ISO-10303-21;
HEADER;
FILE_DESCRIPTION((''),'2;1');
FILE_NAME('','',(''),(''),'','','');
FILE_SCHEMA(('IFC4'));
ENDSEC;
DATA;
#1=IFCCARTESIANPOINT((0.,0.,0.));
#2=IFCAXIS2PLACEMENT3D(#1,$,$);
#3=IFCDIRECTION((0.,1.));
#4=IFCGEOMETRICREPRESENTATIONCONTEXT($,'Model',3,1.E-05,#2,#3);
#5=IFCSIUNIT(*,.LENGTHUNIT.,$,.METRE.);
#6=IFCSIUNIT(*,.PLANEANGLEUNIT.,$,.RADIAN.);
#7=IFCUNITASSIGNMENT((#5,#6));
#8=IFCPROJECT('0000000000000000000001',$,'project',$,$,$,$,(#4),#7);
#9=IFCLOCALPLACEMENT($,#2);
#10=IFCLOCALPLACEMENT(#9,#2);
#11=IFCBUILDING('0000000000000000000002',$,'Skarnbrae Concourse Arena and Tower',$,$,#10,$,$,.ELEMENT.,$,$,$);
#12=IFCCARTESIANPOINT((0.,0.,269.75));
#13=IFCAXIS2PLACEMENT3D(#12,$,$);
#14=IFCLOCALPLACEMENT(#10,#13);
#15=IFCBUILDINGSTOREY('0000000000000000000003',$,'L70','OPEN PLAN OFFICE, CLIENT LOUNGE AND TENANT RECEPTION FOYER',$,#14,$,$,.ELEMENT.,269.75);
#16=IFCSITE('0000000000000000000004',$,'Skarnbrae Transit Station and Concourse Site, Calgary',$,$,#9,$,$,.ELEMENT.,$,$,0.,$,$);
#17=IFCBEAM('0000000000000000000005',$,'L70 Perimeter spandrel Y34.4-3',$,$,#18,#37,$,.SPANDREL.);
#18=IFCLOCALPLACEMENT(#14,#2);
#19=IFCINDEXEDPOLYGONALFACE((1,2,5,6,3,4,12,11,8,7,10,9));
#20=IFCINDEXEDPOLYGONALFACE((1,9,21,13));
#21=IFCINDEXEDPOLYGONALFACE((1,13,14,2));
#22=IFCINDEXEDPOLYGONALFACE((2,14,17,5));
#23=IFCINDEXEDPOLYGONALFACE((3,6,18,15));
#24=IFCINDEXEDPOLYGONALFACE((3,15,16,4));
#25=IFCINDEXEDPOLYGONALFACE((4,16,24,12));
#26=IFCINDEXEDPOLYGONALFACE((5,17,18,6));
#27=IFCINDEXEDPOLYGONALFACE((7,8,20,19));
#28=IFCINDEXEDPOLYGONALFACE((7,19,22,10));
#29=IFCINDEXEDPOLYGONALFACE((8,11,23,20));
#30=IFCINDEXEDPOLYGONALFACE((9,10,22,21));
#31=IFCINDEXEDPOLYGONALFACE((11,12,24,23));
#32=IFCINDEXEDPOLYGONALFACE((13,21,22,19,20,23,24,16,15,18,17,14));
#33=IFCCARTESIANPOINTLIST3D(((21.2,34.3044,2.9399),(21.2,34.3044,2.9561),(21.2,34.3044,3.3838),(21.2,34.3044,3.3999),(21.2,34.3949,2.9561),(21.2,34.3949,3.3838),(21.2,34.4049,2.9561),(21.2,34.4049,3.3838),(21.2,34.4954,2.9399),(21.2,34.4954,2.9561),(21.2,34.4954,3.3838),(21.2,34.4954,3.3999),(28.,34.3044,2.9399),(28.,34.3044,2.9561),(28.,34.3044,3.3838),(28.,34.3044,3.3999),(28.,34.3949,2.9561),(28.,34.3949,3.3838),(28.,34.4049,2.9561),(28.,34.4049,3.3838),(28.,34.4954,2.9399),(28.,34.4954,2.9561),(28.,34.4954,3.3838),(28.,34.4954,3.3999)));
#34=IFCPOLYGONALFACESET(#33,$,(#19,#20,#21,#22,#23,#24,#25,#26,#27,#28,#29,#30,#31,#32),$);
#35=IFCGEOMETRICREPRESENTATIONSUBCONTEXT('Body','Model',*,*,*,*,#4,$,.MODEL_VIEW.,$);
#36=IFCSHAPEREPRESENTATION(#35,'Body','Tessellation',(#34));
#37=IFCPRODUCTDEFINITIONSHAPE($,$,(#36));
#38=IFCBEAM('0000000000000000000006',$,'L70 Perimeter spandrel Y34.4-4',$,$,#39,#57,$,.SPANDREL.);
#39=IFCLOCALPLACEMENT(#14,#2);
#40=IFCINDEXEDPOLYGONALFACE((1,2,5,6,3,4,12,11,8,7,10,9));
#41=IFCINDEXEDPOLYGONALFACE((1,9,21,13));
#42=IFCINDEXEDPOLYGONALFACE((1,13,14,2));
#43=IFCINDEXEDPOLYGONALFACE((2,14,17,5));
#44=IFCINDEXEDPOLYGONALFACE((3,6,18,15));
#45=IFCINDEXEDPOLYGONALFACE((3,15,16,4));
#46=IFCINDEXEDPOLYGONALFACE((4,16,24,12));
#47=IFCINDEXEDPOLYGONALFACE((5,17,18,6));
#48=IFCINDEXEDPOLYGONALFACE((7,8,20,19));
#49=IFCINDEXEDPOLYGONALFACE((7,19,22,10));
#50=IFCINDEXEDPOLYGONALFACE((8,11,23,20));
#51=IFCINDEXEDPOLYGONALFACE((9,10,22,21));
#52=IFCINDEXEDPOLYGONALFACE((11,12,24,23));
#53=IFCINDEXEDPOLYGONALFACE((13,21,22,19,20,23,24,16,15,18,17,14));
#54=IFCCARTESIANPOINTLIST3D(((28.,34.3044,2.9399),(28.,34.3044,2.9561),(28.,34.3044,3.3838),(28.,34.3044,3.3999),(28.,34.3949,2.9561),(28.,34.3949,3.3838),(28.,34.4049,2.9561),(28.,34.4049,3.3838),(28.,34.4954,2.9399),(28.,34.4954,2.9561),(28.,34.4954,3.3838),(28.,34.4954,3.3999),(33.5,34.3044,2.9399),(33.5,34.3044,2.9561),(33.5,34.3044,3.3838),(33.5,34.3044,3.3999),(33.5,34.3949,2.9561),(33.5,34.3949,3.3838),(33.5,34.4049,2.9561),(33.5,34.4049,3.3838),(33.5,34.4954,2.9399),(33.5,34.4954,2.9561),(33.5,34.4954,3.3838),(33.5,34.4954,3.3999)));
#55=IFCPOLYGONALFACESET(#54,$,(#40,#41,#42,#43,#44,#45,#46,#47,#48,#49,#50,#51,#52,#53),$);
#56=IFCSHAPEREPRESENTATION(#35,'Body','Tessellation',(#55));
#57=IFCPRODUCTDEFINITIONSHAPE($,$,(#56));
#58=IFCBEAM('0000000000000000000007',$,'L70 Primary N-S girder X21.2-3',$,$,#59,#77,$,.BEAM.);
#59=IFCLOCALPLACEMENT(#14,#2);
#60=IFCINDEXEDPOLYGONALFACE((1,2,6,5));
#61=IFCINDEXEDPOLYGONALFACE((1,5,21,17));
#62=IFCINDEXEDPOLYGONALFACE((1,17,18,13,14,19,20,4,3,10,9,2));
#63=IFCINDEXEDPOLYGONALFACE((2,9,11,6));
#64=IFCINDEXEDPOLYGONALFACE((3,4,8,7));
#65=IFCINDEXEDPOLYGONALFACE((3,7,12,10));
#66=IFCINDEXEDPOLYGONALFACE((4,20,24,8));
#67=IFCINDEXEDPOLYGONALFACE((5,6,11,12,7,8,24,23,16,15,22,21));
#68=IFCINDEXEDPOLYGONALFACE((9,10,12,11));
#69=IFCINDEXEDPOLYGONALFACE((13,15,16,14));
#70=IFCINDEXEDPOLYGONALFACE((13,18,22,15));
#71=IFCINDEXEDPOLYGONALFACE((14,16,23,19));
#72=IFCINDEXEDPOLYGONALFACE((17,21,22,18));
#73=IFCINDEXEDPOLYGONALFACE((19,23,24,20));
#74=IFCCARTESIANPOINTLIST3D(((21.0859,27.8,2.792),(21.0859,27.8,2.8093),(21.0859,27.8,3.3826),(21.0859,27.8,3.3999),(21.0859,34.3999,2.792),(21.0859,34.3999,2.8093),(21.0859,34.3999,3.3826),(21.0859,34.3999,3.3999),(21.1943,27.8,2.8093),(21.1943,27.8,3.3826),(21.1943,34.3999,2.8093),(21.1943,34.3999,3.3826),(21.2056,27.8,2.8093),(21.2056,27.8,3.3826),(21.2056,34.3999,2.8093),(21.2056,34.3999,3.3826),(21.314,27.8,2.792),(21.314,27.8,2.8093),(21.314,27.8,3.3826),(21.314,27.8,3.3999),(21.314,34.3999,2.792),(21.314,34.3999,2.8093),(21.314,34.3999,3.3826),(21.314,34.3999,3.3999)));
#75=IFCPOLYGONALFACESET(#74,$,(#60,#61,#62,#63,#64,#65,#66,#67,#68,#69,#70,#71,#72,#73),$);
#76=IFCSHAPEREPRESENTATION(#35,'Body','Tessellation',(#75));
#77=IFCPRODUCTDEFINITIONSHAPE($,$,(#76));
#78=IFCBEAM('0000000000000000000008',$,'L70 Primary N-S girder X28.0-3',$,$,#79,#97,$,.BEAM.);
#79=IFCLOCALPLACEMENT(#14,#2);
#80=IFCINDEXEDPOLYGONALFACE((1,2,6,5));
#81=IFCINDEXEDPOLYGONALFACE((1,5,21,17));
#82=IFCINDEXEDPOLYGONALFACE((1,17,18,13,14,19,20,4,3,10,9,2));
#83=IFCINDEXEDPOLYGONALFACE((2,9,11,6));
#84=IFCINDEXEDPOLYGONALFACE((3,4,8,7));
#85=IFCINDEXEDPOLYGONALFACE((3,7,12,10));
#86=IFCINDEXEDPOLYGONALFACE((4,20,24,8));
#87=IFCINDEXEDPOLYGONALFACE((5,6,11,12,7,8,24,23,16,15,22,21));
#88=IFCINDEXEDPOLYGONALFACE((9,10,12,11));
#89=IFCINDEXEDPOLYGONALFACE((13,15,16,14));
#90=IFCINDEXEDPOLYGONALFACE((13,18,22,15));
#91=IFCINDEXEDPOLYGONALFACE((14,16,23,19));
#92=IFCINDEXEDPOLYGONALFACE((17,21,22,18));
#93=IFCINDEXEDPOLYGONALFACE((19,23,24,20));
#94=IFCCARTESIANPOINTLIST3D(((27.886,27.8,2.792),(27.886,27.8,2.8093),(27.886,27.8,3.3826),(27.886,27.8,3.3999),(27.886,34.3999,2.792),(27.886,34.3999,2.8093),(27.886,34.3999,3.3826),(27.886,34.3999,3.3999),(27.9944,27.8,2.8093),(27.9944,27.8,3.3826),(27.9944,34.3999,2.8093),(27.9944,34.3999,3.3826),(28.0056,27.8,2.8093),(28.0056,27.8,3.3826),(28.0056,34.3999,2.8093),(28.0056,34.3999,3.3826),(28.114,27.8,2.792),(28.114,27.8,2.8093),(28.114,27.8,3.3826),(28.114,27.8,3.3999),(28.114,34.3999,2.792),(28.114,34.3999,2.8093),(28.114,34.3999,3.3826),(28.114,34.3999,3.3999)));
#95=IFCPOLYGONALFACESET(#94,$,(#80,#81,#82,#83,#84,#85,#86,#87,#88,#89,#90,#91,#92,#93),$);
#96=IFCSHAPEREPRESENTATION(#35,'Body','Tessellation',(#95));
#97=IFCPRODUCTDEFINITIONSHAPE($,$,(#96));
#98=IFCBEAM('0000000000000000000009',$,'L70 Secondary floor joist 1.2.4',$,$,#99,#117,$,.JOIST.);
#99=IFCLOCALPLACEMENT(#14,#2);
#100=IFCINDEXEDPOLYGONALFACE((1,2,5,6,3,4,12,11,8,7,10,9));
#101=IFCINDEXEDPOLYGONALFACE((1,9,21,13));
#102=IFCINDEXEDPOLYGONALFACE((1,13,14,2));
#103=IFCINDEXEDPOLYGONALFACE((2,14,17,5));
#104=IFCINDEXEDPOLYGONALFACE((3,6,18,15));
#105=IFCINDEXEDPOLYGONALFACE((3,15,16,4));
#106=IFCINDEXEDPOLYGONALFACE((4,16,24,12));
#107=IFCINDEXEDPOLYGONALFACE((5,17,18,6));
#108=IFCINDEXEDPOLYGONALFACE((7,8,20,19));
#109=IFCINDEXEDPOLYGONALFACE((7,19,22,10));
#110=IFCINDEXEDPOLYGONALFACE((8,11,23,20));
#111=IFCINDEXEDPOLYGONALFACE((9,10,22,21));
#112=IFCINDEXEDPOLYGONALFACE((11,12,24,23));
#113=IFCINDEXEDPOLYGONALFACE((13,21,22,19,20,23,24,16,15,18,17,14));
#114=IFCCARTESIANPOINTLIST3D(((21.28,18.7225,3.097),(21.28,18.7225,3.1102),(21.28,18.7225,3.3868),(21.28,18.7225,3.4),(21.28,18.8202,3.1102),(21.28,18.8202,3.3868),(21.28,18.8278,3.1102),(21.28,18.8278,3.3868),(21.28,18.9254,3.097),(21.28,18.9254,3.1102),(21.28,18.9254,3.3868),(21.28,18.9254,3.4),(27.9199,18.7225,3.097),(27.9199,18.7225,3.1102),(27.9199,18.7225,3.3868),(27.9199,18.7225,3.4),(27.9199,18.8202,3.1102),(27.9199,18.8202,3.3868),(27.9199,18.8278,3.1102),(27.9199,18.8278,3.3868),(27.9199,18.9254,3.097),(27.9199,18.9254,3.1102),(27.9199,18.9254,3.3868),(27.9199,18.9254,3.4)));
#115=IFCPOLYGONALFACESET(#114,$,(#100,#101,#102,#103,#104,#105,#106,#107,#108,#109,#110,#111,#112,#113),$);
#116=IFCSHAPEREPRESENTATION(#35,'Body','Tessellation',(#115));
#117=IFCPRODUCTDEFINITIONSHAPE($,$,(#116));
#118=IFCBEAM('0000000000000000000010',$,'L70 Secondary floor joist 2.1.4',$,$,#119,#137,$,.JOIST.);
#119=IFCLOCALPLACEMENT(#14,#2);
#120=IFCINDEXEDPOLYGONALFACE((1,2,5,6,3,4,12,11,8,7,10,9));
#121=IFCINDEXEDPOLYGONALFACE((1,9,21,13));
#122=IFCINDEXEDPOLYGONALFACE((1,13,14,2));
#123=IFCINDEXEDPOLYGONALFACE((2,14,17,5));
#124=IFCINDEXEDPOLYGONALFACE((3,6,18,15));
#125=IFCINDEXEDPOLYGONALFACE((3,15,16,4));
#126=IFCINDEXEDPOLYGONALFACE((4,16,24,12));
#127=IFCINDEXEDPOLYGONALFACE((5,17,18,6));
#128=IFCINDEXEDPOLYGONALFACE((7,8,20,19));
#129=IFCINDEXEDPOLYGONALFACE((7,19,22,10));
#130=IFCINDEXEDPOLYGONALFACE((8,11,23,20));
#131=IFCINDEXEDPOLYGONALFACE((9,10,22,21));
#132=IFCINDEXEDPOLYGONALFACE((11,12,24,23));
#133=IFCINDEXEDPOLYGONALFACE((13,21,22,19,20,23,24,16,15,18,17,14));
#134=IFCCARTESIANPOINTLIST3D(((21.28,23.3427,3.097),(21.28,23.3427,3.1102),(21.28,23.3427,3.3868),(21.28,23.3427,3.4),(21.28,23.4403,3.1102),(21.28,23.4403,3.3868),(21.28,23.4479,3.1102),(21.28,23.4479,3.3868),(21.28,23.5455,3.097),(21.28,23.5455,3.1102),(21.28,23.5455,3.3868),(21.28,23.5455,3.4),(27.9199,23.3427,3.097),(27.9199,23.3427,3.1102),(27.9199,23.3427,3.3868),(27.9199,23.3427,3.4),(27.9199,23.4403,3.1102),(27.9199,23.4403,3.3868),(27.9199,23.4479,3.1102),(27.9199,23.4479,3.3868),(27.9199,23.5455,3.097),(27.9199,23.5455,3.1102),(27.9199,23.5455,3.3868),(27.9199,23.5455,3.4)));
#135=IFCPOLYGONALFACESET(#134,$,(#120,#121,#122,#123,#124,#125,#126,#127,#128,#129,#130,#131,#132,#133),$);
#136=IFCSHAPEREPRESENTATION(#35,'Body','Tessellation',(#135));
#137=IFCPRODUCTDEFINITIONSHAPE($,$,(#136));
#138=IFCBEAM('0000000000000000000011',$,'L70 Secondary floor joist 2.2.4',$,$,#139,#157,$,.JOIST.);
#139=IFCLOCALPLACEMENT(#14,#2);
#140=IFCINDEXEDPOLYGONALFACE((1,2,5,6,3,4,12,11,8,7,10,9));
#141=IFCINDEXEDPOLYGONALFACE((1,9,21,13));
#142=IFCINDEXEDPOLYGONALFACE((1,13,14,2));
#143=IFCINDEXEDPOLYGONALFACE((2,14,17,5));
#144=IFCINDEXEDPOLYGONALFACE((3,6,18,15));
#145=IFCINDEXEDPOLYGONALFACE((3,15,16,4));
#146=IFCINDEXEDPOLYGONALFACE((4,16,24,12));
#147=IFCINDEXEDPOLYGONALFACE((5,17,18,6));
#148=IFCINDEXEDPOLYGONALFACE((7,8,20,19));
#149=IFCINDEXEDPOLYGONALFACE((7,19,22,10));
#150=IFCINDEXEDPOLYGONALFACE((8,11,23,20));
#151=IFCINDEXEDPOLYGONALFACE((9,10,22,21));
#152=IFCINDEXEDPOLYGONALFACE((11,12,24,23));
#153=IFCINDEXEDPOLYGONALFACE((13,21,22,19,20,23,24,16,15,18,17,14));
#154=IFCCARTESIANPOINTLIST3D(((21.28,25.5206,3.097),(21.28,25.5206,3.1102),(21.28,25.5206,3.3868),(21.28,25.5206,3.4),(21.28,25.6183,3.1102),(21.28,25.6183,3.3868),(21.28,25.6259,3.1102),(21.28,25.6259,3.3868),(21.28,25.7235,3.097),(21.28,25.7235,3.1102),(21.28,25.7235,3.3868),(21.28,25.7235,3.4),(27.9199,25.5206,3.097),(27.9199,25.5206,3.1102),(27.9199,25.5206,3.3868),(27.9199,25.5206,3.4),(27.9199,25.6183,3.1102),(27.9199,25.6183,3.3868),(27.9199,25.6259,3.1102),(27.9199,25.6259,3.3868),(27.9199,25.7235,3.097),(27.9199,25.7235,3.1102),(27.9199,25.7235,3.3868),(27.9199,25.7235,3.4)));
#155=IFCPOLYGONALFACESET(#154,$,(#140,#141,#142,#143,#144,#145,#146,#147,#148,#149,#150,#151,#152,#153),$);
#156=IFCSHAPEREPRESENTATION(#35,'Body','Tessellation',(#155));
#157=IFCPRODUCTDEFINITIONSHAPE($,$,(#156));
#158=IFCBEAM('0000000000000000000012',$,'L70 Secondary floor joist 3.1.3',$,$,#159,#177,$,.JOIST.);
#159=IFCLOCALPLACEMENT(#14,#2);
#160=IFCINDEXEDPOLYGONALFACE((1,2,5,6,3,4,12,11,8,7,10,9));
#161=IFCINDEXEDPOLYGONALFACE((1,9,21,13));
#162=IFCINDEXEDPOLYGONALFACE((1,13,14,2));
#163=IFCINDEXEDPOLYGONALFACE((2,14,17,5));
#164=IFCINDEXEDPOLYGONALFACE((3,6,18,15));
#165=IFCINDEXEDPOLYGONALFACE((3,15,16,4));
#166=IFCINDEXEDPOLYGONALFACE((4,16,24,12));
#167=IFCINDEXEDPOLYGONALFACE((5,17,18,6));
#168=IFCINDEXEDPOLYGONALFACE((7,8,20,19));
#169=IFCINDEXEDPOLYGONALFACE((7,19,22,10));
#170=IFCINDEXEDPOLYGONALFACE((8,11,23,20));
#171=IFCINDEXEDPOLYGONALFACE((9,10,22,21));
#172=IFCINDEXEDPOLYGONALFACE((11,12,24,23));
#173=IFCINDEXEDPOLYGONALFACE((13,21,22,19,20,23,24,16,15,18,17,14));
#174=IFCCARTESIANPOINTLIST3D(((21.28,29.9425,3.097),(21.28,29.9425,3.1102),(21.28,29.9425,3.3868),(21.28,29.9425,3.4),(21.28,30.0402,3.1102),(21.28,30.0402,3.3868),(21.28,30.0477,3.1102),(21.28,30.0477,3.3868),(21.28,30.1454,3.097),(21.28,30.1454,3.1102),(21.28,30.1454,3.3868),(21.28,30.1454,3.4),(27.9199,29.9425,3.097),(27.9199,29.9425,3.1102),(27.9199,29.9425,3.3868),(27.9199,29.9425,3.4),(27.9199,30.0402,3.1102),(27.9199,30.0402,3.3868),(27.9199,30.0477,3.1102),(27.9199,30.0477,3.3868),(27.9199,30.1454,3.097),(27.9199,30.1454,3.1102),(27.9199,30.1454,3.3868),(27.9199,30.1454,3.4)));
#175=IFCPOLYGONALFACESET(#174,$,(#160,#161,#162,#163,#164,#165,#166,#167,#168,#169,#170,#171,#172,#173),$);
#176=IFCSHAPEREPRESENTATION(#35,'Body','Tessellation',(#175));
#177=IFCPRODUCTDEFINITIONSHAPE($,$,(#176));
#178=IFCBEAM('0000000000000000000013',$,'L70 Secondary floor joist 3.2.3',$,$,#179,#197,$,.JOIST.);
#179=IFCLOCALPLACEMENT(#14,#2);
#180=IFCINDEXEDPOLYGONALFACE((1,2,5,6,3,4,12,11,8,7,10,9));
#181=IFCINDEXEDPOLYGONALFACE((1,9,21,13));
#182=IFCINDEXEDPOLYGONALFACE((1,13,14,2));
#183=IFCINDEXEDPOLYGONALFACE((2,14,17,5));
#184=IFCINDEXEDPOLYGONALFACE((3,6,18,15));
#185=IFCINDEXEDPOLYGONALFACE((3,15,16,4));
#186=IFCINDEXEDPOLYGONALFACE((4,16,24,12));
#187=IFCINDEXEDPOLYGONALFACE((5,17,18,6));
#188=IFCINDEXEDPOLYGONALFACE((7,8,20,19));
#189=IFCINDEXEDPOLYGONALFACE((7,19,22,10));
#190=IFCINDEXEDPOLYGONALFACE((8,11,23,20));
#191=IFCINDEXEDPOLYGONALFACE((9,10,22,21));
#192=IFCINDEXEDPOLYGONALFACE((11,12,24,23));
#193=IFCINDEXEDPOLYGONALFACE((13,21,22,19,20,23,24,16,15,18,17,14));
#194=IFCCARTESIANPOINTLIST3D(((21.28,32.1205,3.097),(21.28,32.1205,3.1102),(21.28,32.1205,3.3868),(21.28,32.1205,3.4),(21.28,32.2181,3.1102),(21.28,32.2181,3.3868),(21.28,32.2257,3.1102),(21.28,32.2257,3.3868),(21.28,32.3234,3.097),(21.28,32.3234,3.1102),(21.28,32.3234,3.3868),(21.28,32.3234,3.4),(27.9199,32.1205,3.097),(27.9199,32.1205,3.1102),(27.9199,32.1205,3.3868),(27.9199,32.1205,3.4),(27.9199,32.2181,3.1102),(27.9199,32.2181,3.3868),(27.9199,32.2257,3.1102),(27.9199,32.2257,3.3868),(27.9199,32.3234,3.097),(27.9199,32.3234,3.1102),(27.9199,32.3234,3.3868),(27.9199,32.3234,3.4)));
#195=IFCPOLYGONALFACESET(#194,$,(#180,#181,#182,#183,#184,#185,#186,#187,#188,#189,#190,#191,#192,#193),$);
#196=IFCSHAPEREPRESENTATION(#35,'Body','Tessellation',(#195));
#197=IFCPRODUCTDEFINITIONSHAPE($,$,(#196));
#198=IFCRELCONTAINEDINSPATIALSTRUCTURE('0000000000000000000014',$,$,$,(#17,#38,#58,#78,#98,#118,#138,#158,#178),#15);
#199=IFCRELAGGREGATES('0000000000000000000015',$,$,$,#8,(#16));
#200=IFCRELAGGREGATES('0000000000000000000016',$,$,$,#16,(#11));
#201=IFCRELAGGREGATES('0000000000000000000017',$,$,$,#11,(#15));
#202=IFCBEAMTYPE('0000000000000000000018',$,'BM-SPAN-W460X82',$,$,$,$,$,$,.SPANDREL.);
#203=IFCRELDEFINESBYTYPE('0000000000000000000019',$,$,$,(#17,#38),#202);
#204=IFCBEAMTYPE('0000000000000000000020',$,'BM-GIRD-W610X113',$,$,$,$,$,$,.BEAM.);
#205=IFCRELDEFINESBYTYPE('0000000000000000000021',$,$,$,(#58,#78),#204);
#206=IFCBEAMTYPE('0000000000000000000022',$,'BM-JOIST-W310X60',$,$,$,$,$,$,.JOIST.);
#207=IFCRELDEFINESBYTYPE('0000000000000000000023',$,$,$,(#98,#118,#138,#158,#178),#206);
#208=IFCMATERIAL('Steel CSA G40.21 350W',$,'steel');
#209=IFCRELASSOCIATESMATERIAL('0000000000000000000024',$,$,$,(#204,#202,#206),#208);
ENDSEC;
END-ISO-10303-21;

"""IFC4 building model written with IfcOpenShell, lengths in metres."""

from ifc_helpers import new_model, si_unit, direction, frame, origin, origin_2d, place, context, subcontext, project, spatial, i_section, extrude, source, transform, mapped, material, material_profile, profile_set, type_object, element, save


model = new_model("IFC4")

# Units and contexts
model_context = context("Model", 3, precision=1e-05, world=origin(), true_north=direction((0.0, 1.0)))
body_context = subcontext(model_context, "Body", "Model", "MODEL_VIEW")
ifc_project = project(units=[si_unit("LENGTHUNIT", "METRE"), si_unit("PLANEANGLEUNIT", "RADIAN")], contexts=[model_context])

# Site, building, storey
site_placement = place(None, origin())
site = spatial("IfcSite", under=ifc_project, at=site_placement, Name="Skarnbrae Transit Station and Concourse Site, Calgary", CompositionType="ELEMENT", RefElevation=0.0)
building_placement = place(site_placement, origin())
building = spatial("IfcBuilding", under=site, at=building_placement, Name="Skarnbrae Concourse Arena and Tower", CompositionType="ELEMENT")
storey_placement = place(building_placement, frame((0.0, 0.0, 269.75)))
storey = spatial("IfcBuildingStorey", under=building, at=storey_placement, Name="L70", Description="OPEN PLAN OFFICE, CLIENT LOUNGE AND TENANT RECEPTION FOYER", CompositionType="ELEMENT", Elevation=269.75)

# Shared definitions
ifc_material_1 = material(Name="Steel CSA G40.21 350W", Category="steel")

# Beams
ifc_material_profile_1 = material_profile(ifc_material_1, i_section(OverallWidth=0.228, OverallDepth=0.6079, WebThickness=0.0112, FlangeThickness=0.0173, at=origin_2d()), Name="W610X113")
ifc_profile_set_1 = profile_set([ifc_material_profile_1], Name="Steel CSA G40.21 350W")
beam_type_1 = type_object("IfcBeamType", Name="BM-GIRD-W610X113", PredefinedType="BEAM", material=ifc_profile_set_1)
ifc_material_profile_2 = material_profile(ifc_material_1, i_section(OverallWidth=0.1909, OverallDepth=0.46, WebThickness=0.01, FlangeThickness=0.0161, at=origin_2d()), Name="W460X82")
ifc_profile_set_2 = profile_set([ifc_material_profile_2], Name="Steel CSA G40.21 350W")
beam_type_2 = type_object("IfcBeamType", Name="BM-SPAN-W460X82", PredefinedType="SPANDREL", material=ifc_profile_set_2)
shared_shape_1 = source(origin(), body_context, "Body", "SweptSolid", [
    extrude(i_section(OverallWidth=0.1909, OverallDepth=0.46, WebThickness=0.01, FlangeThickness=0.0161, at=origin_2d()), origin(), (0.0, 0.0, 1.0), 6.8),
])
beam_1_placement = place(storey_placement, frame((21.2, 34.3999, 3.1699), z_axis=(1.0, 0.0, 0.0), x_axis=(0.0, 1.0, 0.0)))
element("IfcBeam", 1, at=beam_1_placement, inside=storey, type_object=beam_type_2, Name="L70 Perimeter spandrel Y34.4-3", PredefinedType="SPANDREL", context=body_context, shape_type="MappedRepresentation", body=[
    mapped(shared_shape_1, transform((0.0, 0.0, 0.0))),
])
shared_shape_2 = source(origin(), body_context, "Body", "SweptSolid", [
    extrude(i_section(OverallWidth=0.1909, OverallDepth=0.46, WebThickness=0.01, FlangeThickness=0.0161, at=origin_2d()), origin(), (0.0, 0.0, 1.0), 5.5),
])
beam_2_placement = place(storey_placement, frame((28.0, 34.3999, 3.1699), z_axis=(1.0, 0.0, 0.0), x_axis=(0.0, 1.0, 0.0)))
element("IfcBeam", 2, at=beam_2_placement, inside=storey, type_object=beam_type_2, Name="L70 Perimeter spandrel Y34.4-4", PredefinedType="SPANDREL", context=body_context, shape_type="MappedRepresentation", body=[
    mapped(shared_shape_2, transform((0.0, 0.0, 0.0))),
])
shared_shape_3 = source(origin(), body_context, "Body", "SweptSolid", [
    extrude(i_section(OverallWidth=0.228, OverallDepth=0.6079, WebThickness=0.0112, FlangeThickness=0.0173, at=origin_2d()), origin(), (0.0, 0.0, 1.0), 6.5999),
])
for number, where, z_axis, x_axis, name in (
    (3, (21.2, 27.8, 3.0959), (0.0, 1.0, 0.0), (-1.0, 0.0, 0.0), "L70 Primary N-S girder X21.2-3"),
    (4, (28.0, 27.8, 3.0959), (0.0, 1.0, 0.0), (-1.0, 0.0, 0.0), "L70 Primary N-S girder X28.0-3"),
):
    element("IfcBeam", number, at=place(storey_placement, frame(where, z_axis=z_axis, x_axis=x_axis)), inside=storey, type_object=beam_type_1, Name=name, PredefinedType="BEAM", context=body_context, shape_type="MappedRepresentation", body=[
        mapped(shared_shape_3, transform((0.0, 0.0, 0.0))),
    ])
ifc_material_profile_3 = material_profile(ifc_material_1, i_section(OverallWidth=0.2029, OverallDepth=0.303, WebThickness=0.0076, FlangeThickness=0.0132, at=origin_2d()), Name="W310X60")
ifc_profile_set_3 = profile_set([ifc_material_profile_3], Name="Steel CSA G40.21 350W")
beam_type_3 = type_object("IfcBeamType", Name="BM-JOIST-W310X60", PredefinedType="JOIST", material=ifc_profile_set_3)
shared_shape_4 = source(origin(), body_context, "Body", "SweptSolid", [
    extrude(i_section(OverallWidth=0.2029, OverallDepth=0.303, WebThickness=0.0076, FlangeThickness=0.0132, at=origin_2d()), origin(), (0.0, 0.0, 1.0), 6.6399),
])
for number, where, z_axis, x_axis, name in (
    (5, (21.28, 18.824, 3.2485), (1.0, 0.0, 0.0), (0.0, 1.0, 0.0), "L70 Secondary floor joist 1.2.4"),
    (6, (21.28, 23.4441, 3.2485), (1.0, 0.0, 0.0), (0.0, 1.0, 0.0), "L70 Secondary floor joist 2.1.4"),
    (7, (21.28, 25.6221, 3.2485), (1.0, 0.0, 0.0), (0.0, 1.0, 0.0), "L70 Secondary floor joist 2.2.4"),
    (8, (21.28, 30.0439, 3.2485), (1.0, 0.0, 0.0), (0.0, 1.0, 0.0), "L70 Secondary floor joist 3.1.3"),
    (9, (21.28, 32.2219, 3.2485), (1.0, 0.0, 0.0), (0.0, 1.0, 0.0), "L70 Secondary floor joist 3.2.3"),
):
    element("IfcBeam", number, at=place(storey_placement, frame(where, z_axis=z_axis, x_axis=x_axis)), inside=storey, type_object=beam_type_3, Name=name, PredefinedType="JOIST", context=body_context, shape_type="MappedRepresentation", body=[
        mapped(shared_shape_4, transform((0.0, 0.0, 0.0))),
    ])

save(model, "model.ifc")
